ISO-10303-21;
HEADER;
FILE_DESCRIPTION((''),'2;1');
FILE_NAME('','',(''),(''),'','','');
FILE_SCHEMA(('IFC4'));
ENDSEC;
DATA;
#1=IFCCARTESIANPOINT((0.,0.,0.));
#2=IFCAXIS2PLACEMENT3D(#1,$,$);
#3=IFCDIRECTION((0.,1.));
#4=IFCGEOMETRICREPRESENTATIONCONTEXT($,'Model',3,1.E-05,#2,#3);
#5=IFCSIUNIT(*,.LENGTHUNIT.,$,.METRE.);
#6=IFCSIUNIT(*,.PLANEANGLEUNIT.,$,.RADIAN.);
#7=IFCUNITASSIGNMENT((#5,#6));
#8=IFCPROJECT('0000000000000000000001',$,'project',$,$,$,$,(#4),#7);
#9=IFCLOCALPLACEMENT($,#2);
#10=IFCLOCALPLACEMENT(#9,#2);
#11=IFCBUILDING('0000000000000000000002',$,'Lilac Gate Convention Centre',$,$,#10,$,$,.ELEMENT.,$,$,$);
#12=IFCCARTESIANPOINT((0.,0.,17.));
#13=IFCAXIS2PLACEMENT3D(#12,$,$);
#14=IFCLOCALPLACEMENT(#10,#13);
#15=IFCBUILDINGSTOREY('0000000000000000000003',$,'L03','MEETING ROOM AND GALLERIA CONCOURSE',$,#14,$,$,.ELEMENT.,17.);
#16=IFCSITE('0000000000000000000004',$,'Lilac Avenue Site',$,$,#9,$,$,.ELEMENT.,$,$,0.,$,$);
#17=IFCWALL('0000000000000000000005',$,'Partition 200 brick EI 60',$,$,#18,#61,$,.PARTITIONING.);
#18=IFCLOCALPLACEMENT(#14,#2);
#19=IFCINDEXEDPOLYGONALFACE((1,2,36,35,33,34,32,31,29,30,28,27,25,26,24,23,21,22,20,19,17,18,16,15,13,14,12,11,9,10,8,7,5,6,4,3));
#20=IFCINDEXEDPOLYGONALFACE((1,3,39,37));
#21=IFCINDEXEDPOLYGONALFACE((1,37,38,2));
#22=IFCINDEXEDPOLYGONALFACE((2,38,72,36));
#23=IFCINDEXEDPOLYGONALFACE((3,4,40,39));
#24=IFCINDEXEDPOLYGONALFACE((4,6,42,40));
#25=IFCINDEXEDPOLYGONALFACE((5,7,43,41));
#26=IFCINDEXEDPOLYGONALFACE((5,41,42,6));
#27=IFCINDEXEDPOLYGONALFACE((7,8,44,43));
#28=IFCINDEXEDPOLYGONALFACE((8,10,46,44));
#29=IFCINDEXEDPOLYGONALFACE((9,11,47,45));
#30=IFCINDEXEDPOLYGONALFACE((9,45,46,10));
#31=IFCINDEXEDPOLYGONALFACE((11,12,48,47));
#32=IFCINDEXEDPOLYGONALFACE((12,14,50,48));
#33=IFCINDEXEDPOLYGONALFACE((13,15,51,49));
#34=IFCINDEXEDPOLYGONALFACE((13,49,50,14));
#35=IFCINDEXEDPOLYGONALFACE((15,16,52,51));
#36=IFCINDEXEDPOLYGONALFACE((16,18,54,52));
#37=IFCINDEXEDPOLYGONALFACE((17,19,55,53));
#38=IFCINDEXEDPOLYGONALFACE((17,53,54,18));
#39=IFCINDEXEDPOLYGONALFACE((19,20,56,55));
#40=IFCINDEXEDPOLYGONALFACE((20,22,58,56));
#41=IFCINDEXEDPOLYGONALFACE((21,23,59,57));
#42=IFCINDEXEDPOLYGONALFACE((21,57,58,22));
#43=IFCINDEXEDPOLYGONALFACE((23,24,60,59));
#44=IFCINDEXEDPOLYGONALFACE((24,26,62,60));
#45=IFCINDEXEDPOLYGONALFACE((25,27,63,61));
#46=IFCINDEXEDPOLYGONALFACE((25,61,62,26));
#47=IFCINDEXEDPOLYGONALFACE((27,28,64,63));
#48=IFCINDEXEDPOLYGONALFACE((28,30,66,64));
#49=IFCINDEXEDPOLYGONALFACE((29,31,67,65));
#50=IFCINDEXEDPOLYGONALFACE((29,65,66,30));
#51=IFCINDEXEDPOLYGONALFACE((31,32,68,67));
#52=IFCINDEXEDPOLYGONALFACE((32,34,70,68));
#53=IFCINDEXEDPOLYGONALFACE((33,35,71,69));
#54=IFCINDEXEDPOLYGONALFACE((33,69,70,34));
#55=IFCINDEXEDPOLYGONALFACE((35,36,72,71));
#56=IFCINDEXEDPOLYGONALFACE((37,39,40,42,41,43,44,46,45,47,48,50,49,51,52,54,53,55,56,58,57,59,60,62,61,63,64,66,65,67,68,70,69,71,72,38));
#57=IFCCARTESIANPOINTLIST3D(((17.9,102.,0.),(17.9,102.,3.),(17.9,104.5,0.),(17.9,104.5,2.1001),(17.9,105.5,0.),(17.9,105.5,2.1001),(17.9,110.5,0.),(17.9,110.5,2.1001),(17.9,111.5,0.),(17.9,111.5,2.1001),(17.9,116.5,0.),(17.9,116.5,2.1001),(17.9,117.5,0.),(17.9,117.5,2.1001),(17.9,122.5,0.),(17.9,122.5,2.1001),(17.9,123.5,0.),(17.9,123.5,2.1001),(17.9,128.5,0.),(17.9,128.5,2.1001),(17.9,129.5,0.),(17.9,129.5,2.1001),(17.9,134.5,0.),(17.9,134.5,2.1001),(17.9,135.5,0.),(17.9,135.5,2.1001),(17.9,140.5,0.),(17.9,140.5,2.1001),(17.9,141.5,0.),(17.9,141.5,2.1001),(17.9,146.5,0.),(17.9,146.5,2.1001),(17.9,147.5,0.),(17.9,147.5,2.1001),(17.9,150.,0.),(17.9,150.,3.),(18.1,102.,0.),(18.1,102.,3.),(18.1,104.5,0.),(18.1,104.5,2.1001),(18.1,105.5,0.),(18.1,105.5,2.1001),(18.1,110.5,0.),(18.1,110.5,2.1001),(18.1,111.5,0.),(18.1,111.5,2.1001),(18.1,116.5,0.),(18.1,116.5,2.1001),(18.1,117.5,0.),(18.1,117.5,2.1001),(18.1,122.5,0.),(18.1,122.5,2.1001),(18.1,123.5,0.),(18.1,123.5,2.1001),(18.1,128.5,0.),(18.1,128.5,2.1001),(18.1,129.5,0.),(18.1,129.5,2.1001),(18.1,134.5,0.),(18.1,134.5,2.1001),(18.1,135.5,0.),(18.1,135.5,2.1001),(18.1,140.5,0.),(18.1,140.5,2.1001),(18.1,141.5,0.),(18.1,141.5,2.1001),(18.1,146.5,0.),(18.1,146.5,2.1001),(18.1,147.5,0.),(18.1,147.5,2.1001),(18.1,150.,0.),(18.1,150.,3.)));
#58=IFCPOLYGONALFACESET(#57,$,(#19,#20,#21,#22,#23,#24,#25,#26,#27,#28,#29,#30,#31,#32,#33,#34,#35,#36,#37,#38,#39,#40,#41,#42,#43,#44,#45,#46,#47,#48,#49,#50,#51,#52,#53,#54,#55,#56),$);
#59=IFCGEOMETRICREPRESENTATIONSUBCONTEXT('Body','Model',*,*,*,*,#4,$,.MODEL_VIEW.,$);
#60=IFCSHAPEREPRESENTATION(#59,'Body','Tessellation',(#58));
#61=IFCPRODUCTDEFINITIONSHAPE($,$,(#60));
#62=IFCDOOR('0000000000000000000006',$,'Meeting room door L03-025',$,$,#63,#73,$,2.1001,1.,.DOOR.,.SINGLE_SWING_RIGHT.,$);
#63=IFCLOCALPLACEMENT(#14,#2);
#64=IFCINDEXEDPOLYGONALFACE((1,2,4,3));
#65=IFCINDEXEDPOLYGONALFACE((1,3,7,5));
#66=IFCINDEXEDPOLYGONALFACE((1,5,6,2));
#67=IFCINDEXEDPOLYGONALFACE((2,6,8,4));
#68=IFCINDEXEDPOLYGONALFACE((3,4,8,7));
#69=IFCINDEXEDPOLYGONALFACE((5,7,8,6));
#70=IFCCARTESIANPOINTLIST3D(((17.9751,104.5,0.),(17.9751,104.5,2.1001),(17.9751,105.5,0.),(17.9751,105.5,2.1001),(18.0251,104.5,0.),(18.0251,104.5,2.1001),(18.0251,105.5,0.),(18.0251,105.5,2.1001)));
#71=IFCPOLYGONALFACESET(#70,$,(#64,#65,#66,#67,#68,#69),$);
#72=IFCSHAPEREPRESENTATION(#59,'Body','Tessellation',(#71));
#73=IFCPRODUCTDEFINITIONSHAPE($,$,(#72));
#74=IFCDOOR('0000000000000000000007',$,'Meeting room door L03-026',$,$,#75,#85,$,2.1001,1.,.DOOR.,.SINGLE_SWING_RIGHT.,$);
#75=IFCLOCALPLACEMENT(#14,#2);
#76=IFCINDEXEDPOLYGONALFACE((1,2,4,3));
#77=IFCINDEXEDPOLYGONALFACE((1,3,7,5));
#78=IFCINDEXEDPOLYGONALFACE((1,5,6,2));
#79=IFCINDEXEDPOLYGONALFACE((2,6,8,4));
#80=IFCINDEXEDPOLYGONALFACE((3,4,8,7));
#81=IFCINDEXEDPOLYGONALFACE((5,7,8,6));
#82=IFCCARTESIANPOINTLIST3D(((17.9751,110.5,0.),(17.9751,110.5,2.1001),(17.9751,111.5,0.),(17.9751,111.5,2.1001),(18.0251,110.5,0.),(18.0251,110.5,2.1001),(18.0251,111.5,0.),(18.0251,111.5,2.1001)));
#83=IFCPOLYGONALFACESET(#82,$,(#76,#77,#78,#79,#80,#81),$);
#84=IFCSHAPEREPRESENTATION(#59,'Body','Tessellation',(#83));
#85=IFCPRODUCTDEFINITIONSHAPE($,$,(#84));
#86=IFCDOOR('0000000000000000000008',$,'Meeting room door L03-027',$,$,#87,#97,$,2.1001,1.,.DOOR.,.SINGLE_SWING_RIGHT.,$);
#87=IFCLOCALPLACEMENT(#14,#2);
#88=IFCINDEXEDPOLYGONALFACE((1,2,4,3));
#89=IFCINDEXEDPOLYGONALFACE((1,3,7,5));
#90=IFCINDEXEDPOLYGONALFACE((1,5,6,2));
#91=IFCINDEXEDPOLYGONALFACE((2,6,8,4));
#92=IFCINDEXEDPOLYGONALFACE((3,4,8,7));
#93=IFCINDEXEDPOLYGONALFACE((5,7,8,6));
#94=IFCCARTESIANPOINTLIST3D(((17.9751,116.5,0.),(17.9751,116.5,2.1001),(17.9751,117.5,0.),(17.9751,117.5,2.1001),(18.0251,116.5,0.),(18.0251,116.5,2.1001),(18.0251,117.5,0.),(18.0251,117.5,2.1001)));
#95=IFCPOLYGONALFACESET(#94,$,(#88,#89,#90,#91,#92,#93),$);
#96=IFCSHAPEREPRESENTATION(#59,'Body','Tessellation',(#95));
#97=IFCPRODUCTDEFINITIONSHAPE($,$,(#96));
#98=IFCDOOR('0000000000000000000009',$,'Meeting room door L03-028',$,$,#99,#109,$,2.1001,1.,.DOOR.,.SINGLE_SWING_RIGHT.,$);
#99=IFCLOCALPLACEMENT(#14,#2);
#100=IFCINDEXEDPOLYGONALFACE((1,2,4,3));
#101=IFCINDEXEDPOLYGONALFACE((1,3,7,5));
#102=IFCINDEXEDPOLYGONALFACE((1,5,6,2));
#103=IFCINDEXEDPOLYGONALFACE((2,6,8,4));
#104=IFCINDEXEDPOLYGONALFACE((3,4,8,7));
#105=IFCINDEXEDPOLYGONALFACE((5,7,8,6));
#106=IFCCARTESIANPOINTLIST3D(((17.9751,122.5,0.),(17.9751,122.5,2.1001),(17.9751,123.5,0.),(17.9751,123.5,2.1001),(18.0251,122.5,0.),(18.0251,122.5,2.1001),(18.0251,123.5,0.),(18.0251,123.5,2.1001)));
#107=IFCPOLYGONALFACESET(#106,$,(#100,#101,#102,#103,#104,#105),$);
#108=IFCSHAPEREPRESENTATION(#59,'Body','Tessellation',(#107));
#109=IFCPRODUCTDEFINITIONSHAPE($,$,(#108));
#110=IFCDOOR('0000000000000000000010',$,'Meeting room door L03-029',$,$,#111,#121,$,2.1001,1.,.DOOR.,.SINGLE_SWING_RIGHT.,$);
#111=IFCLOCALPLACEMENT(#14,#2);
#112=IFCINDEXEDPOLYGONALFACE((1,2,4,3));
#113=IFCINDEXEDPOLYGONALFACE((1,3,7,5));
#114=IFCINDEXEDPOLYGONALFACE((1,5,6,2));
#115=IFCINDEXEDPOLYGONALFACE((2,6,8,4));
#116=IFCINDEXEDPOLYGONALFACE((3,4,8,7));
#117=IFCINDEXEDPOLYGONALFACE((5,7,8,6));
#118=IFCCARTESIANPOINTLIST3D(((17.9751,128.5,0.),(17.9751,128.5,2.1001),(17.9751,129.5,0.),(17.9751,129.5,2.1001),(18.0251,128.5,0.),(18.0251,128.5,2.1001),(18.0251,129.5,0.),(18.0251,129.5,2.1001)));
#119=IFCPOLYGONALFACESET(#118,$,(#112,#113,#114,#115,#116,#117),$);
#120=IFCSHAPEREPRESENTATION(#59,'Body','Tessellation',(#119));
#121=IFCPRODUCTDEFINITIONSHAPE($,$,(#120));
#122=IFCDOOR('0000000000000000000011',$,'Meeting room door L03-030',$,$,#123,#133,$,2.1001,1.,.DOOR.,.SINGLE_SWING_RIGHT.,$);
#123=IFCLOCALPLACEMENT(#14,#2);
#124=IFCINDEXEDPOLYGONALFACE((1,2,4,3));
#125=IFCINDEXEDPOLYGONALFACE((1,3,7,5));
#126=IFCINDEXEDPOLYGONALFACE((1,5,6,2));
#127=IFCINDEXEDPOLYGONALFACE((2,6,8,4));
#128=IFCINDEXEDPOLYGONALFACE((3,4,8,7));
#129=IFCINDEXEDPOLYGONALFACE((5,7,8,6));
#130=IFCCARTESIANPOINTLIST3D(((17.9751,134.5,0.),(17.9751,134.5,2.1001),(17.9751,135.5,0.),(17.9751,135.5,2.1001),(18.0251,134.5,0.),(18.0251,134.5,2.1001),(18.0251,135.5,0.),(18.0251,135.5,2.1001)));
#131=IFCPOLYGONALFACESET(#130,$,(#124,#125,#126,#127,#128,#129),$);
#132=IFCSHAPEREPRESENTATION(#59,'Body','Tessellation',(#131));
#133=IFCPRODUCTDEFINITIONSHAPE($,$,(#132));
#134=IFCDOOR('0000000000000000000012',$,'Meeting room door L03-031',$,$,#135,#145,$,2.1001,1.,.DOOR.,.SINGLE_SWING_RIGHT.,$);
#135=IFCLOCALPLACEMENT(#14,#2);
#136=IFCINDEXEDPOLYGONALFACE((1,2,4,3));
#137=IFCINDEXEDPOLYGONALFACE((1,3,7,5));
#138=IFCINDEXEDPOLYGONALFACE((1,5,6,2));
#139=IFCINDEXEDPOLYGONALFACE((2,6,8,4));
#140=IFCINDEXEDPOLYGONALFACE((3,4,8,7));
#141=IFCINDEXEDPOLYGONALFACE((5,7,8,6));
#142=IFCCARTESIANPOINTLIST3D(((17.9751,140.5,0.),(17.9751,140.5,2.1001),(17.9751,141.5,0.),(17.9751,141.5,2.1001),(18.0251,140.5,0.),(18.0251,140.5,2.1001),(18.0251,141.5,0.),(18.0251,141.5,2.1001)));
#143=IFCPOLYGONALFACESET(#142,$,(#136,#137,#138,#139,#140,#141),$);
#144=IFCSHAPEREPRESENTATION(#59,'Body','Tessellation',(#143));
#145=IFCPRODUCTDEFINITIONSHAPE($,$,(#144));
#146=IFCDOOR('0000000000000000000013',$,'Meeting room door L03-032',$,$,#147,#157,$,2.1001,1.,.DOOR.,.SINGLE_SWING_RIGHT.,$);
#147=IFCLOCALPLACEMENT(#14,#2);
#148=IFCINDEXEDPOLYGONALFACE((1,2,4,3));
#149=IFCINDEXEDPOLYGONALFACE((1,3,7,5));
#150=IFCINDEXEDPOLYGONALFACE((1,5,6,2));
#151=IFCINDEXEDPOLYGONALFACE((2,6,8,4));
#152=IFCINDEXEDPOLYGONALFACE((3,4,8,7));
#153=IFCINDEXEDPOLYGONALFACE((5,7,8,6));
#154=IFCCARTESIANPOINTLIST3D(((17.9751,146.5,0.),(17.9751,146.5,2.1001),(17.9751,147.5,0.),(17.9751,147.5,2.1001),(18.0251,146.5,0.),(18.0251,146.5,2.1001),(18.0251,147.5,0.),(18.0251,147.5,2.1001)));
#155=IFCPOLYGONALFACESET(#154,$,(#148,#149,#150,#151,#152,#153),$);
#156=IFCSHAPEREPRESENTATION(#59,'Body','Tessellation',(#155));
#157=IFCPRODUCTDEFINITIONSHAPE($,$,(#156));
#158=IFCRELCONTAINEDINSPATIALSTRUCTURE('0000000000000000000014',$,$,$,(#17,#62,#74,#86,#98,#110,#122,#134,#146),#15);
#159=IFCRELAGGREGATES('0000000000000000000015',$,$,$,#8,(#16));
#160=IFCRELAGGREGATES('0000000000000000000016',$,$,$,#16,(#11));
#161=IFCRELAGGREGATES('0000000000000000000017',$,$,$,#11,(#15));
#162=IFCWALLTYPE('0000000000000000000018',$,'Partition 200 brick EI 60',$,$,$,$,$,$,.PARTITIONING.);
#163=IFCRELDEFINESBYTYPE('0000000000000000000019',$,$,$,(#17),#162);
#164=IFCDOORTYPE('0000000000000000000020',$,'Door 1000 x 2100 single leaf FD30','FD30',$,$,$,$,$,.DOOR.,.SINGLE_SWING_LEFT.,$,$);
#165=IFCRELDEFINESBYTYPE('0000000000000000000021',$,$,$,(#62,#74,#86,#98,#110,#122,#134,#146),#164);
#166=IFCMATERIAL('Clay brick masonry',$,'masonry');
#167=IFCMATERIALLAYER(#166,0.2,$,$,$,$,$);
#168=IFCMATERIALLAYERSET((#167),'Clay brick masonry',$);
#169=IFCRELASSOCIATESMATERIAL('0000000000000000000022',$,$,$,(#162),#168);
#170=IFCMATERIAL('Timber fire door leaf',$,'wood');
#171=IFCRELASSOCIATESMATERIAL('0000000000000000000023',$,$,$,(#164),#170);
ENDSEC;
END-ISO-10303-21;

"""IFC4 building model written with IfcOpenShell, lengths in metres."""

from ifc_helpers import new_model, si_unit, direction, frame, frame_2d, origin, place, context, subcontext, project, spatial, rectangle, extrude, material, layer, layer_set, type_object, element, fill, save


model = new_model("IFC4")

# Units and contexts
model_context = context("Model", 3, precision=1e-05, world=origin(), true_north=direction((0.0, 1.0)))
body_context = subcontext(model_context, "Body", "Model", "MODEL_VIEW")
ifc_project = project(units=[si_unit("LENGTHUNIT", "METRE"), si_unit("PLANEANGLEUNIT", "RADIAN")], contexts=[model_context])

# Site, building, storey
site_placement = place(None, origin())
site = spatial("IfcSite", under=ifc_project, at=site_placement, Name="Lilac Avenue Site", CompositionType="ELEMENT", RefElevation=0.0)
building_placement = place(site_placement, origin())
building = spatial("IfcBuilding", under=site, at=building_placement, Name="Lilac Gate Convention Centre", CompositionType="ELEMENT")
storey_placement = place(building_placement, frame((0.0, 0.0, 17.0)))
storey = spatial("IfcBuildingStorey", under=building, at=storey_placement, Name="L03", Description="MEETING ROOM AND GALLERIA CONCOURSE", CompositionType="ELEMENT", Elevation=17.0)

# Wall, openings, doors
ifc_material_1 = material(Name="Clay brick masonry", Category="masonry")
ifc_layer_1 = layer(ifc_material_1, 0.2)
ifc_layer_set_1 = layer_set([ifc_layer_1], Name="Clay brick masonry")
wall_type_1 = type_object("IfcWallType", Name="Partition 200 brick EI 60", PredefinedType="PARTITIONING", material=ifc_layer_set_1)
wall_1_placement = place(storey_placement, frame((18.0, 102.0, 0.0), z_axis=(0.0, 0.0, 1.0), x_axis=(0.0, 1.0, 0.0)))
wall_1 = element("IfcWall", 1, at=wall_1_placement, inside=storey, type_object=wall_type_1, Name="Partition 200 brick EI 60", PredefinedType="PARTITIONING", context=body_context, shape_type="SweptSolid", body=[
    extrude(rectangle(XDim=48.0, YDim=0.2, at=frame_2d((24.0, 0.0))), origin(), (0.0, 0.0, 1.0), 3.0),
])
opening_1_placement = place(wall_1_placement, frame((2.5, 0.0, 0.0)))
opening_1 = element("IfcOpeningElement", 2, at=opening_1_placement, cuts=wall_1, PredefinedType="OPENING", context=body_context, shape_type="SweptSolid", body=[
    extrude(rectangle(XDim=1.0, YDim=2.1001, at=frame_2d((0.5, 1.05))), frame((0.0, 0.1099, 0.0), z_axis=(0.0, -1.0, 0.0), x_axis=(1.0, 0.0, 0.0)), (0.0, 0.0, 1.0), 0.22),
])
opening_2_placement = place(wall_1_placement, frame((8.5, 0.0, 0.0)))
opening_2 = element("IfcOpeningElement", 3, at=opening_2_placement, cuts=wall_1, PredefinedType="OPENING", context=body_context, shape_type="SweptSolid", body=[
    extrude(rectangle(XDim=1.0, YDim=2.1001, at=frame_2d((0.5, 1.05))), frame((0.0, 0.1099, 0.0), z_axis=(0.0, -1.0, 0.0), x_axis=(1.0, 0.0, 0.0)), (0.0, 0.0, 1.0), 0.22),
])
opening_3_placement = place(wall_1_placement, frame((14.5, 0.0, 0.0)))
opening_3 = element("IfcOpeningElement", 4, at=opening_3_placement, cuts=wall_1, PredefinedType="OPENING", context=body_context, shape_type="SweptSolid", body=[
    extrude(rectangle(XDim=1.0, YDim=2.1001, at=frame_2d((0.5, 1.05))), frame((0.0, 0.1099, 0.0), z_axis=(0.0, -1.0, 0.0), x_axis=(1.0, 0.0, 0.0)), (0.0, 0.0, 1.0), 0.22),
])
opening_4_placement = place(wall_1_placement, frame((20.5, 0.0, 0.0)))
opening_4 = element("IfcOpeningElement", 5, at=opening_4_placement, cuts=wall_1, PredefinedType="OPENING", context=body_context, shape_type="SweptSolid", body=[
    extrude(rectangle(XDim=1.0, YDim=2.1001, at=frame_2d((0.5, 1.05))), frame((0.0, 0.1099, 0.0), z_axis=(0.0, -1.0, 0.0), x_axis=(1.0, 0.0, 0.0)), (0.0, 0.0, 1.0), 0.22),
])
opening_5_placement = place(wall_1_placement, frame((26.5, 0.0, 0.0)))
opening_5 = element("IfcOpeningElement", 6, at=opening_5_placement, cuts=wall_1, PredefinedType="OPENING", context=body_context, shape_type="SweptSolid", body=[
    extrude(rectangle(XDim=1.0, YDim=2.1001, at=frame_2d((0.5, 1.05))), frame((0.0, 0.1099, 0.0), z_axis=(0.0, -1.0, 0.0), x_axis=(1.0, 0.0, 0.0)), (0.0, 0.0, 1.0), 0.22),
])
opening_6_placement = place(wall_1_placement, frame((32.5, 0.0, 0.0)))
opening_6 = element("IfcOpeningElement", 7, at=opening_6_placement, cuts=wall_1, PredefinedType="OPENING", context=body_context, shape_type="SweptSolid", body=[
    extrude(rectangle(XDim=1.0, YDim=2.1001, at=frame_2d((0.5, 1.05))), frame((0.0, 0.1099, 0.0), z_axis=(0.0, -1.0, 0.0), x_axis=(1.0, 0.0, 0.0)), (0.0, 0.0, 1.0), 0.22),
])
opening_7_placement = place(wall_1_placement, frame((38.5, 0.0, 0.0)))
opening_7 = element("IfcOpeningElement", 8, at=opening_7_placement, cuts=wall_1, PredefinedType="OPENING", context=body_context, shape_type="SweptSolid", body=[
    extrude(rectangle(XDim=1.0, YDim=2.1001, at=frame_2d((0.5, 1.05))), frame((0.0, 0.1099, 0.0), z_axis=(0.0, -1.0, 0.0), x_axis=(1.0, 0.0, 0.0)), (0.0, 0.0, 1.0), 0.22),
])
opening_8_placement = place(wall_1_placement, frame((44.5, 0.0, 0.0)))
opening_8 = element("IfcOpeningElement", 9, at=opening_8_placement, cuts=wall_1, PredefinedType="OPENING", context=body_context, shape_type="SweptSolid", body=[
    extrude(rectangle(XDim=1.0, YDim=2.1001, at=frame_2d((0.5, 1.05))), frame((0.0, 0.1099, 0.0), z_axis=(0.0, -1.0, 0.0), x_axis=(1.0, 0.0, 0.0)), (0.0, 0.0, 1.0), 0.22),
])
ifc_material_2 = material(Name="Timber fire door leaf", Category="wood")
door_type = type_object("IfcDoorType", Name="Door 1000 x 2100 single leaf FD30", Description="FD30", OperationType="SINGLE_SWING_LEFT", PredefinedType="DOOR", material=ifc_material_2)
door_1_placement = place(opening_1_placement, origin())
door_1 = element("IfcDoor", 10, at=door_1_placement, inside=storey, type_object=door_type, Name="Meeting room door L03-025", OperationType="SINGLE_SWING_RIGHT", OverallHeight=2.1001, OverallWidth=1.0, PredefinedType="DOOR", context=body_context, shape_type="SweptSolid", body=[
    extrude(rectangle(XDim=1.0, YDim=2.1001, at=frame_2d((0.5, 1.05))), frame((0.0, 0.0249, 0.0), z_axis=(0.0, -1.0, 0.0), x_axis=(1.0, 0.0, 0.0)), (0.0, 0.0, 1.0), 0.05),
])
fill(opening_1, door_1)
door_2_placement = place(opening_2_placement, origin())
door_2 = element("IfcDoor", 11, at=door_2_placement, inside=storey, type_object=door_type, Name="Meeting room door L03-026", OperationType="SINGLE_SWING_RIGHT", OverallHeight=2.1001, OverallWidth=1.0, PredefinedType="DOOR", context=body_context, shape_type="SweptSolid", body=[
    extrude(rectangle(XDim=1.0, YDim=2.1001, at=frame_2d((0.5, 1.05))), frame((0.0, 0.0249, 0.0), z_axis=(0.0, -1.0, 0.0), x_axis=(1.0, 0.0, 0.0)), (0.0, 0.0, 1.0), 0.05),
])
fill(opening_2, door_2)
door_3_placement = place(opening_3_placement, origin())
door_3 = element("IfcDoor", 12, at=door_3_placement, inside=storey, type_object=door_type, Name="Meeting room door L03-027", OperationType="SINGLE_SWING_RIGHT", OverallHeight=2.1001, OverallWidth=1.0, PredefinedType="DOOR", context=body_context, shape_type="SweptSolid", body=[
    extrude(rectangle(XDim=1.0, YDim=2.1001, at=frame_2d((0.5, 1.05))), frame((0.0, 0.0249, 0.0), z_axis=(0.0, -1.0, 0.0), x_axis=(1.0, 0.0, 0.0)), (0.0, 0.0, 1.0), 0.05),
])
fill(opening_3, door_3)
door_4_placement = place(opening_4_placement, origin())
door_4 = element("IfcDoor", 13, at=door_4_placement, inside=storey, type_object=door_type, Name="Meeting room door L03-028", OperationType="SINGLE_SWING_RIGHT", OverallHeight=2.1001, OverallWidth=1.0, PredefinedType="DOOR", context=body_context, shape_type="SweptSolid", body=[
    extrude(rectangle(XDim=1.0, YDim=2.1001, at=frame_2d((0.5, 1.05))), frame((0.0, 0.0249, 0.0), z_axis=(0.0, -1.0, 0.0), x_axis=(1.0, 0.0, 0.0)), (0.0, 0.0, 1.0), 0.05),
])
fill(opening_4, door_4)
door_5_placement = place(opening_5_placement, origin())
door_5 = element("IfcDoor", 14, at=door_5_placement, inside=storey, type_object=door_type, Name="Meeting room door L03-029", OperationType="SINGLE_SWING_RIGHT", OverallHeight=2.1001, OverallWidth=1.0, PredefinedType="DOOR", context=body_context, shape_type="SweptSolid", body=[
    extrude(rectangle(XDim=1.0, YDim=2.1001, at=frame_2d((0.5, 1.05))), frame((0.0, 0.0249, 0.0), z_axis=(0.0, -1.0, 0.0), x_axis=(1.0, 0.0, 0.0)), (0.0, 0.0, 1.0), 0.05),
])
fill(opening_5, door_5)
door_6_placement = place(opening_6_placement, origin())
door_6 = element("IfcDoor", 15, at=door_6_placement, inside=storey, type_object=door_type, Name="Meeting room door L03-030", OperationType="SINGLE_SWING_RIGHT", OverallHeight=2.1001, OverallWidth=1.0, PredefinedType="DOOR", context=body_context, shape_type="SweptSolid", body=[
    extrude(rectangle(XDim=1.0, YDim=2.1001, at=frame_2d((0.5, 1.05))), frame((0.0, 0.0249, 0.0), z_axis=(0.0, -1.0, 0.0), x_axis=(1.0, 0.0, 0.0)), (0.0, 0.0, 1.0), 0.05),
])
fill(opening_6, door_6)
door_7_placement = place(opening_7_placement, origin())
door_7 = element("IfcDoor", 16, at=door_7_placement, inside=storey, type_object=door_type, Name="Meeting room door L03-031", OperationType="SINGLE_SWING_RIGHT", OverallHeight=2.1001, OverallWidth=1.0, PredefinedType="DOOR", context=body_context, shape_type="SweptSolid", body=[
    extrude(rectangle(XDim=1.0, YDim=2.1001, at=frame_2d((0.5, 1.05))), frame((0.0, 0.0249, 0.0), z_axis=(0.0, -1.0, 0.0), x_axis=(1.0, 0.0, 0.0)), (0.0, 0.0, 1.0), 0.05),
])
fill(opening_7, door_7)
door_8_placement = place(opening_8_placement, origin())
door_8 = element("IfcDoor", 17, at=door_8_placement, inside=storey, type_object=door_type, Name="Meeting room door L03-032", OperationType="SINGLE_SWING_RIGHT", OverallHeight=2.1001, OverallWidth=1.0, PredefinedType="DOOR", context=body_context, shape_type="SweptSolid", body=[
    extrude(rectangle(XDim=1.0, YDim=2.1001, at=frame_2d((0.5, 1.05))), frame((0.0, 0.0249, 0.0), z_axis=(0.0, -1.0, 0.0), x_axis=(1.0, 0.0, 0.0)), (0.0, 0.0, 1.0), 0.05),
])
fill(opening_8, door_8)

save(model, "model.ifc")
